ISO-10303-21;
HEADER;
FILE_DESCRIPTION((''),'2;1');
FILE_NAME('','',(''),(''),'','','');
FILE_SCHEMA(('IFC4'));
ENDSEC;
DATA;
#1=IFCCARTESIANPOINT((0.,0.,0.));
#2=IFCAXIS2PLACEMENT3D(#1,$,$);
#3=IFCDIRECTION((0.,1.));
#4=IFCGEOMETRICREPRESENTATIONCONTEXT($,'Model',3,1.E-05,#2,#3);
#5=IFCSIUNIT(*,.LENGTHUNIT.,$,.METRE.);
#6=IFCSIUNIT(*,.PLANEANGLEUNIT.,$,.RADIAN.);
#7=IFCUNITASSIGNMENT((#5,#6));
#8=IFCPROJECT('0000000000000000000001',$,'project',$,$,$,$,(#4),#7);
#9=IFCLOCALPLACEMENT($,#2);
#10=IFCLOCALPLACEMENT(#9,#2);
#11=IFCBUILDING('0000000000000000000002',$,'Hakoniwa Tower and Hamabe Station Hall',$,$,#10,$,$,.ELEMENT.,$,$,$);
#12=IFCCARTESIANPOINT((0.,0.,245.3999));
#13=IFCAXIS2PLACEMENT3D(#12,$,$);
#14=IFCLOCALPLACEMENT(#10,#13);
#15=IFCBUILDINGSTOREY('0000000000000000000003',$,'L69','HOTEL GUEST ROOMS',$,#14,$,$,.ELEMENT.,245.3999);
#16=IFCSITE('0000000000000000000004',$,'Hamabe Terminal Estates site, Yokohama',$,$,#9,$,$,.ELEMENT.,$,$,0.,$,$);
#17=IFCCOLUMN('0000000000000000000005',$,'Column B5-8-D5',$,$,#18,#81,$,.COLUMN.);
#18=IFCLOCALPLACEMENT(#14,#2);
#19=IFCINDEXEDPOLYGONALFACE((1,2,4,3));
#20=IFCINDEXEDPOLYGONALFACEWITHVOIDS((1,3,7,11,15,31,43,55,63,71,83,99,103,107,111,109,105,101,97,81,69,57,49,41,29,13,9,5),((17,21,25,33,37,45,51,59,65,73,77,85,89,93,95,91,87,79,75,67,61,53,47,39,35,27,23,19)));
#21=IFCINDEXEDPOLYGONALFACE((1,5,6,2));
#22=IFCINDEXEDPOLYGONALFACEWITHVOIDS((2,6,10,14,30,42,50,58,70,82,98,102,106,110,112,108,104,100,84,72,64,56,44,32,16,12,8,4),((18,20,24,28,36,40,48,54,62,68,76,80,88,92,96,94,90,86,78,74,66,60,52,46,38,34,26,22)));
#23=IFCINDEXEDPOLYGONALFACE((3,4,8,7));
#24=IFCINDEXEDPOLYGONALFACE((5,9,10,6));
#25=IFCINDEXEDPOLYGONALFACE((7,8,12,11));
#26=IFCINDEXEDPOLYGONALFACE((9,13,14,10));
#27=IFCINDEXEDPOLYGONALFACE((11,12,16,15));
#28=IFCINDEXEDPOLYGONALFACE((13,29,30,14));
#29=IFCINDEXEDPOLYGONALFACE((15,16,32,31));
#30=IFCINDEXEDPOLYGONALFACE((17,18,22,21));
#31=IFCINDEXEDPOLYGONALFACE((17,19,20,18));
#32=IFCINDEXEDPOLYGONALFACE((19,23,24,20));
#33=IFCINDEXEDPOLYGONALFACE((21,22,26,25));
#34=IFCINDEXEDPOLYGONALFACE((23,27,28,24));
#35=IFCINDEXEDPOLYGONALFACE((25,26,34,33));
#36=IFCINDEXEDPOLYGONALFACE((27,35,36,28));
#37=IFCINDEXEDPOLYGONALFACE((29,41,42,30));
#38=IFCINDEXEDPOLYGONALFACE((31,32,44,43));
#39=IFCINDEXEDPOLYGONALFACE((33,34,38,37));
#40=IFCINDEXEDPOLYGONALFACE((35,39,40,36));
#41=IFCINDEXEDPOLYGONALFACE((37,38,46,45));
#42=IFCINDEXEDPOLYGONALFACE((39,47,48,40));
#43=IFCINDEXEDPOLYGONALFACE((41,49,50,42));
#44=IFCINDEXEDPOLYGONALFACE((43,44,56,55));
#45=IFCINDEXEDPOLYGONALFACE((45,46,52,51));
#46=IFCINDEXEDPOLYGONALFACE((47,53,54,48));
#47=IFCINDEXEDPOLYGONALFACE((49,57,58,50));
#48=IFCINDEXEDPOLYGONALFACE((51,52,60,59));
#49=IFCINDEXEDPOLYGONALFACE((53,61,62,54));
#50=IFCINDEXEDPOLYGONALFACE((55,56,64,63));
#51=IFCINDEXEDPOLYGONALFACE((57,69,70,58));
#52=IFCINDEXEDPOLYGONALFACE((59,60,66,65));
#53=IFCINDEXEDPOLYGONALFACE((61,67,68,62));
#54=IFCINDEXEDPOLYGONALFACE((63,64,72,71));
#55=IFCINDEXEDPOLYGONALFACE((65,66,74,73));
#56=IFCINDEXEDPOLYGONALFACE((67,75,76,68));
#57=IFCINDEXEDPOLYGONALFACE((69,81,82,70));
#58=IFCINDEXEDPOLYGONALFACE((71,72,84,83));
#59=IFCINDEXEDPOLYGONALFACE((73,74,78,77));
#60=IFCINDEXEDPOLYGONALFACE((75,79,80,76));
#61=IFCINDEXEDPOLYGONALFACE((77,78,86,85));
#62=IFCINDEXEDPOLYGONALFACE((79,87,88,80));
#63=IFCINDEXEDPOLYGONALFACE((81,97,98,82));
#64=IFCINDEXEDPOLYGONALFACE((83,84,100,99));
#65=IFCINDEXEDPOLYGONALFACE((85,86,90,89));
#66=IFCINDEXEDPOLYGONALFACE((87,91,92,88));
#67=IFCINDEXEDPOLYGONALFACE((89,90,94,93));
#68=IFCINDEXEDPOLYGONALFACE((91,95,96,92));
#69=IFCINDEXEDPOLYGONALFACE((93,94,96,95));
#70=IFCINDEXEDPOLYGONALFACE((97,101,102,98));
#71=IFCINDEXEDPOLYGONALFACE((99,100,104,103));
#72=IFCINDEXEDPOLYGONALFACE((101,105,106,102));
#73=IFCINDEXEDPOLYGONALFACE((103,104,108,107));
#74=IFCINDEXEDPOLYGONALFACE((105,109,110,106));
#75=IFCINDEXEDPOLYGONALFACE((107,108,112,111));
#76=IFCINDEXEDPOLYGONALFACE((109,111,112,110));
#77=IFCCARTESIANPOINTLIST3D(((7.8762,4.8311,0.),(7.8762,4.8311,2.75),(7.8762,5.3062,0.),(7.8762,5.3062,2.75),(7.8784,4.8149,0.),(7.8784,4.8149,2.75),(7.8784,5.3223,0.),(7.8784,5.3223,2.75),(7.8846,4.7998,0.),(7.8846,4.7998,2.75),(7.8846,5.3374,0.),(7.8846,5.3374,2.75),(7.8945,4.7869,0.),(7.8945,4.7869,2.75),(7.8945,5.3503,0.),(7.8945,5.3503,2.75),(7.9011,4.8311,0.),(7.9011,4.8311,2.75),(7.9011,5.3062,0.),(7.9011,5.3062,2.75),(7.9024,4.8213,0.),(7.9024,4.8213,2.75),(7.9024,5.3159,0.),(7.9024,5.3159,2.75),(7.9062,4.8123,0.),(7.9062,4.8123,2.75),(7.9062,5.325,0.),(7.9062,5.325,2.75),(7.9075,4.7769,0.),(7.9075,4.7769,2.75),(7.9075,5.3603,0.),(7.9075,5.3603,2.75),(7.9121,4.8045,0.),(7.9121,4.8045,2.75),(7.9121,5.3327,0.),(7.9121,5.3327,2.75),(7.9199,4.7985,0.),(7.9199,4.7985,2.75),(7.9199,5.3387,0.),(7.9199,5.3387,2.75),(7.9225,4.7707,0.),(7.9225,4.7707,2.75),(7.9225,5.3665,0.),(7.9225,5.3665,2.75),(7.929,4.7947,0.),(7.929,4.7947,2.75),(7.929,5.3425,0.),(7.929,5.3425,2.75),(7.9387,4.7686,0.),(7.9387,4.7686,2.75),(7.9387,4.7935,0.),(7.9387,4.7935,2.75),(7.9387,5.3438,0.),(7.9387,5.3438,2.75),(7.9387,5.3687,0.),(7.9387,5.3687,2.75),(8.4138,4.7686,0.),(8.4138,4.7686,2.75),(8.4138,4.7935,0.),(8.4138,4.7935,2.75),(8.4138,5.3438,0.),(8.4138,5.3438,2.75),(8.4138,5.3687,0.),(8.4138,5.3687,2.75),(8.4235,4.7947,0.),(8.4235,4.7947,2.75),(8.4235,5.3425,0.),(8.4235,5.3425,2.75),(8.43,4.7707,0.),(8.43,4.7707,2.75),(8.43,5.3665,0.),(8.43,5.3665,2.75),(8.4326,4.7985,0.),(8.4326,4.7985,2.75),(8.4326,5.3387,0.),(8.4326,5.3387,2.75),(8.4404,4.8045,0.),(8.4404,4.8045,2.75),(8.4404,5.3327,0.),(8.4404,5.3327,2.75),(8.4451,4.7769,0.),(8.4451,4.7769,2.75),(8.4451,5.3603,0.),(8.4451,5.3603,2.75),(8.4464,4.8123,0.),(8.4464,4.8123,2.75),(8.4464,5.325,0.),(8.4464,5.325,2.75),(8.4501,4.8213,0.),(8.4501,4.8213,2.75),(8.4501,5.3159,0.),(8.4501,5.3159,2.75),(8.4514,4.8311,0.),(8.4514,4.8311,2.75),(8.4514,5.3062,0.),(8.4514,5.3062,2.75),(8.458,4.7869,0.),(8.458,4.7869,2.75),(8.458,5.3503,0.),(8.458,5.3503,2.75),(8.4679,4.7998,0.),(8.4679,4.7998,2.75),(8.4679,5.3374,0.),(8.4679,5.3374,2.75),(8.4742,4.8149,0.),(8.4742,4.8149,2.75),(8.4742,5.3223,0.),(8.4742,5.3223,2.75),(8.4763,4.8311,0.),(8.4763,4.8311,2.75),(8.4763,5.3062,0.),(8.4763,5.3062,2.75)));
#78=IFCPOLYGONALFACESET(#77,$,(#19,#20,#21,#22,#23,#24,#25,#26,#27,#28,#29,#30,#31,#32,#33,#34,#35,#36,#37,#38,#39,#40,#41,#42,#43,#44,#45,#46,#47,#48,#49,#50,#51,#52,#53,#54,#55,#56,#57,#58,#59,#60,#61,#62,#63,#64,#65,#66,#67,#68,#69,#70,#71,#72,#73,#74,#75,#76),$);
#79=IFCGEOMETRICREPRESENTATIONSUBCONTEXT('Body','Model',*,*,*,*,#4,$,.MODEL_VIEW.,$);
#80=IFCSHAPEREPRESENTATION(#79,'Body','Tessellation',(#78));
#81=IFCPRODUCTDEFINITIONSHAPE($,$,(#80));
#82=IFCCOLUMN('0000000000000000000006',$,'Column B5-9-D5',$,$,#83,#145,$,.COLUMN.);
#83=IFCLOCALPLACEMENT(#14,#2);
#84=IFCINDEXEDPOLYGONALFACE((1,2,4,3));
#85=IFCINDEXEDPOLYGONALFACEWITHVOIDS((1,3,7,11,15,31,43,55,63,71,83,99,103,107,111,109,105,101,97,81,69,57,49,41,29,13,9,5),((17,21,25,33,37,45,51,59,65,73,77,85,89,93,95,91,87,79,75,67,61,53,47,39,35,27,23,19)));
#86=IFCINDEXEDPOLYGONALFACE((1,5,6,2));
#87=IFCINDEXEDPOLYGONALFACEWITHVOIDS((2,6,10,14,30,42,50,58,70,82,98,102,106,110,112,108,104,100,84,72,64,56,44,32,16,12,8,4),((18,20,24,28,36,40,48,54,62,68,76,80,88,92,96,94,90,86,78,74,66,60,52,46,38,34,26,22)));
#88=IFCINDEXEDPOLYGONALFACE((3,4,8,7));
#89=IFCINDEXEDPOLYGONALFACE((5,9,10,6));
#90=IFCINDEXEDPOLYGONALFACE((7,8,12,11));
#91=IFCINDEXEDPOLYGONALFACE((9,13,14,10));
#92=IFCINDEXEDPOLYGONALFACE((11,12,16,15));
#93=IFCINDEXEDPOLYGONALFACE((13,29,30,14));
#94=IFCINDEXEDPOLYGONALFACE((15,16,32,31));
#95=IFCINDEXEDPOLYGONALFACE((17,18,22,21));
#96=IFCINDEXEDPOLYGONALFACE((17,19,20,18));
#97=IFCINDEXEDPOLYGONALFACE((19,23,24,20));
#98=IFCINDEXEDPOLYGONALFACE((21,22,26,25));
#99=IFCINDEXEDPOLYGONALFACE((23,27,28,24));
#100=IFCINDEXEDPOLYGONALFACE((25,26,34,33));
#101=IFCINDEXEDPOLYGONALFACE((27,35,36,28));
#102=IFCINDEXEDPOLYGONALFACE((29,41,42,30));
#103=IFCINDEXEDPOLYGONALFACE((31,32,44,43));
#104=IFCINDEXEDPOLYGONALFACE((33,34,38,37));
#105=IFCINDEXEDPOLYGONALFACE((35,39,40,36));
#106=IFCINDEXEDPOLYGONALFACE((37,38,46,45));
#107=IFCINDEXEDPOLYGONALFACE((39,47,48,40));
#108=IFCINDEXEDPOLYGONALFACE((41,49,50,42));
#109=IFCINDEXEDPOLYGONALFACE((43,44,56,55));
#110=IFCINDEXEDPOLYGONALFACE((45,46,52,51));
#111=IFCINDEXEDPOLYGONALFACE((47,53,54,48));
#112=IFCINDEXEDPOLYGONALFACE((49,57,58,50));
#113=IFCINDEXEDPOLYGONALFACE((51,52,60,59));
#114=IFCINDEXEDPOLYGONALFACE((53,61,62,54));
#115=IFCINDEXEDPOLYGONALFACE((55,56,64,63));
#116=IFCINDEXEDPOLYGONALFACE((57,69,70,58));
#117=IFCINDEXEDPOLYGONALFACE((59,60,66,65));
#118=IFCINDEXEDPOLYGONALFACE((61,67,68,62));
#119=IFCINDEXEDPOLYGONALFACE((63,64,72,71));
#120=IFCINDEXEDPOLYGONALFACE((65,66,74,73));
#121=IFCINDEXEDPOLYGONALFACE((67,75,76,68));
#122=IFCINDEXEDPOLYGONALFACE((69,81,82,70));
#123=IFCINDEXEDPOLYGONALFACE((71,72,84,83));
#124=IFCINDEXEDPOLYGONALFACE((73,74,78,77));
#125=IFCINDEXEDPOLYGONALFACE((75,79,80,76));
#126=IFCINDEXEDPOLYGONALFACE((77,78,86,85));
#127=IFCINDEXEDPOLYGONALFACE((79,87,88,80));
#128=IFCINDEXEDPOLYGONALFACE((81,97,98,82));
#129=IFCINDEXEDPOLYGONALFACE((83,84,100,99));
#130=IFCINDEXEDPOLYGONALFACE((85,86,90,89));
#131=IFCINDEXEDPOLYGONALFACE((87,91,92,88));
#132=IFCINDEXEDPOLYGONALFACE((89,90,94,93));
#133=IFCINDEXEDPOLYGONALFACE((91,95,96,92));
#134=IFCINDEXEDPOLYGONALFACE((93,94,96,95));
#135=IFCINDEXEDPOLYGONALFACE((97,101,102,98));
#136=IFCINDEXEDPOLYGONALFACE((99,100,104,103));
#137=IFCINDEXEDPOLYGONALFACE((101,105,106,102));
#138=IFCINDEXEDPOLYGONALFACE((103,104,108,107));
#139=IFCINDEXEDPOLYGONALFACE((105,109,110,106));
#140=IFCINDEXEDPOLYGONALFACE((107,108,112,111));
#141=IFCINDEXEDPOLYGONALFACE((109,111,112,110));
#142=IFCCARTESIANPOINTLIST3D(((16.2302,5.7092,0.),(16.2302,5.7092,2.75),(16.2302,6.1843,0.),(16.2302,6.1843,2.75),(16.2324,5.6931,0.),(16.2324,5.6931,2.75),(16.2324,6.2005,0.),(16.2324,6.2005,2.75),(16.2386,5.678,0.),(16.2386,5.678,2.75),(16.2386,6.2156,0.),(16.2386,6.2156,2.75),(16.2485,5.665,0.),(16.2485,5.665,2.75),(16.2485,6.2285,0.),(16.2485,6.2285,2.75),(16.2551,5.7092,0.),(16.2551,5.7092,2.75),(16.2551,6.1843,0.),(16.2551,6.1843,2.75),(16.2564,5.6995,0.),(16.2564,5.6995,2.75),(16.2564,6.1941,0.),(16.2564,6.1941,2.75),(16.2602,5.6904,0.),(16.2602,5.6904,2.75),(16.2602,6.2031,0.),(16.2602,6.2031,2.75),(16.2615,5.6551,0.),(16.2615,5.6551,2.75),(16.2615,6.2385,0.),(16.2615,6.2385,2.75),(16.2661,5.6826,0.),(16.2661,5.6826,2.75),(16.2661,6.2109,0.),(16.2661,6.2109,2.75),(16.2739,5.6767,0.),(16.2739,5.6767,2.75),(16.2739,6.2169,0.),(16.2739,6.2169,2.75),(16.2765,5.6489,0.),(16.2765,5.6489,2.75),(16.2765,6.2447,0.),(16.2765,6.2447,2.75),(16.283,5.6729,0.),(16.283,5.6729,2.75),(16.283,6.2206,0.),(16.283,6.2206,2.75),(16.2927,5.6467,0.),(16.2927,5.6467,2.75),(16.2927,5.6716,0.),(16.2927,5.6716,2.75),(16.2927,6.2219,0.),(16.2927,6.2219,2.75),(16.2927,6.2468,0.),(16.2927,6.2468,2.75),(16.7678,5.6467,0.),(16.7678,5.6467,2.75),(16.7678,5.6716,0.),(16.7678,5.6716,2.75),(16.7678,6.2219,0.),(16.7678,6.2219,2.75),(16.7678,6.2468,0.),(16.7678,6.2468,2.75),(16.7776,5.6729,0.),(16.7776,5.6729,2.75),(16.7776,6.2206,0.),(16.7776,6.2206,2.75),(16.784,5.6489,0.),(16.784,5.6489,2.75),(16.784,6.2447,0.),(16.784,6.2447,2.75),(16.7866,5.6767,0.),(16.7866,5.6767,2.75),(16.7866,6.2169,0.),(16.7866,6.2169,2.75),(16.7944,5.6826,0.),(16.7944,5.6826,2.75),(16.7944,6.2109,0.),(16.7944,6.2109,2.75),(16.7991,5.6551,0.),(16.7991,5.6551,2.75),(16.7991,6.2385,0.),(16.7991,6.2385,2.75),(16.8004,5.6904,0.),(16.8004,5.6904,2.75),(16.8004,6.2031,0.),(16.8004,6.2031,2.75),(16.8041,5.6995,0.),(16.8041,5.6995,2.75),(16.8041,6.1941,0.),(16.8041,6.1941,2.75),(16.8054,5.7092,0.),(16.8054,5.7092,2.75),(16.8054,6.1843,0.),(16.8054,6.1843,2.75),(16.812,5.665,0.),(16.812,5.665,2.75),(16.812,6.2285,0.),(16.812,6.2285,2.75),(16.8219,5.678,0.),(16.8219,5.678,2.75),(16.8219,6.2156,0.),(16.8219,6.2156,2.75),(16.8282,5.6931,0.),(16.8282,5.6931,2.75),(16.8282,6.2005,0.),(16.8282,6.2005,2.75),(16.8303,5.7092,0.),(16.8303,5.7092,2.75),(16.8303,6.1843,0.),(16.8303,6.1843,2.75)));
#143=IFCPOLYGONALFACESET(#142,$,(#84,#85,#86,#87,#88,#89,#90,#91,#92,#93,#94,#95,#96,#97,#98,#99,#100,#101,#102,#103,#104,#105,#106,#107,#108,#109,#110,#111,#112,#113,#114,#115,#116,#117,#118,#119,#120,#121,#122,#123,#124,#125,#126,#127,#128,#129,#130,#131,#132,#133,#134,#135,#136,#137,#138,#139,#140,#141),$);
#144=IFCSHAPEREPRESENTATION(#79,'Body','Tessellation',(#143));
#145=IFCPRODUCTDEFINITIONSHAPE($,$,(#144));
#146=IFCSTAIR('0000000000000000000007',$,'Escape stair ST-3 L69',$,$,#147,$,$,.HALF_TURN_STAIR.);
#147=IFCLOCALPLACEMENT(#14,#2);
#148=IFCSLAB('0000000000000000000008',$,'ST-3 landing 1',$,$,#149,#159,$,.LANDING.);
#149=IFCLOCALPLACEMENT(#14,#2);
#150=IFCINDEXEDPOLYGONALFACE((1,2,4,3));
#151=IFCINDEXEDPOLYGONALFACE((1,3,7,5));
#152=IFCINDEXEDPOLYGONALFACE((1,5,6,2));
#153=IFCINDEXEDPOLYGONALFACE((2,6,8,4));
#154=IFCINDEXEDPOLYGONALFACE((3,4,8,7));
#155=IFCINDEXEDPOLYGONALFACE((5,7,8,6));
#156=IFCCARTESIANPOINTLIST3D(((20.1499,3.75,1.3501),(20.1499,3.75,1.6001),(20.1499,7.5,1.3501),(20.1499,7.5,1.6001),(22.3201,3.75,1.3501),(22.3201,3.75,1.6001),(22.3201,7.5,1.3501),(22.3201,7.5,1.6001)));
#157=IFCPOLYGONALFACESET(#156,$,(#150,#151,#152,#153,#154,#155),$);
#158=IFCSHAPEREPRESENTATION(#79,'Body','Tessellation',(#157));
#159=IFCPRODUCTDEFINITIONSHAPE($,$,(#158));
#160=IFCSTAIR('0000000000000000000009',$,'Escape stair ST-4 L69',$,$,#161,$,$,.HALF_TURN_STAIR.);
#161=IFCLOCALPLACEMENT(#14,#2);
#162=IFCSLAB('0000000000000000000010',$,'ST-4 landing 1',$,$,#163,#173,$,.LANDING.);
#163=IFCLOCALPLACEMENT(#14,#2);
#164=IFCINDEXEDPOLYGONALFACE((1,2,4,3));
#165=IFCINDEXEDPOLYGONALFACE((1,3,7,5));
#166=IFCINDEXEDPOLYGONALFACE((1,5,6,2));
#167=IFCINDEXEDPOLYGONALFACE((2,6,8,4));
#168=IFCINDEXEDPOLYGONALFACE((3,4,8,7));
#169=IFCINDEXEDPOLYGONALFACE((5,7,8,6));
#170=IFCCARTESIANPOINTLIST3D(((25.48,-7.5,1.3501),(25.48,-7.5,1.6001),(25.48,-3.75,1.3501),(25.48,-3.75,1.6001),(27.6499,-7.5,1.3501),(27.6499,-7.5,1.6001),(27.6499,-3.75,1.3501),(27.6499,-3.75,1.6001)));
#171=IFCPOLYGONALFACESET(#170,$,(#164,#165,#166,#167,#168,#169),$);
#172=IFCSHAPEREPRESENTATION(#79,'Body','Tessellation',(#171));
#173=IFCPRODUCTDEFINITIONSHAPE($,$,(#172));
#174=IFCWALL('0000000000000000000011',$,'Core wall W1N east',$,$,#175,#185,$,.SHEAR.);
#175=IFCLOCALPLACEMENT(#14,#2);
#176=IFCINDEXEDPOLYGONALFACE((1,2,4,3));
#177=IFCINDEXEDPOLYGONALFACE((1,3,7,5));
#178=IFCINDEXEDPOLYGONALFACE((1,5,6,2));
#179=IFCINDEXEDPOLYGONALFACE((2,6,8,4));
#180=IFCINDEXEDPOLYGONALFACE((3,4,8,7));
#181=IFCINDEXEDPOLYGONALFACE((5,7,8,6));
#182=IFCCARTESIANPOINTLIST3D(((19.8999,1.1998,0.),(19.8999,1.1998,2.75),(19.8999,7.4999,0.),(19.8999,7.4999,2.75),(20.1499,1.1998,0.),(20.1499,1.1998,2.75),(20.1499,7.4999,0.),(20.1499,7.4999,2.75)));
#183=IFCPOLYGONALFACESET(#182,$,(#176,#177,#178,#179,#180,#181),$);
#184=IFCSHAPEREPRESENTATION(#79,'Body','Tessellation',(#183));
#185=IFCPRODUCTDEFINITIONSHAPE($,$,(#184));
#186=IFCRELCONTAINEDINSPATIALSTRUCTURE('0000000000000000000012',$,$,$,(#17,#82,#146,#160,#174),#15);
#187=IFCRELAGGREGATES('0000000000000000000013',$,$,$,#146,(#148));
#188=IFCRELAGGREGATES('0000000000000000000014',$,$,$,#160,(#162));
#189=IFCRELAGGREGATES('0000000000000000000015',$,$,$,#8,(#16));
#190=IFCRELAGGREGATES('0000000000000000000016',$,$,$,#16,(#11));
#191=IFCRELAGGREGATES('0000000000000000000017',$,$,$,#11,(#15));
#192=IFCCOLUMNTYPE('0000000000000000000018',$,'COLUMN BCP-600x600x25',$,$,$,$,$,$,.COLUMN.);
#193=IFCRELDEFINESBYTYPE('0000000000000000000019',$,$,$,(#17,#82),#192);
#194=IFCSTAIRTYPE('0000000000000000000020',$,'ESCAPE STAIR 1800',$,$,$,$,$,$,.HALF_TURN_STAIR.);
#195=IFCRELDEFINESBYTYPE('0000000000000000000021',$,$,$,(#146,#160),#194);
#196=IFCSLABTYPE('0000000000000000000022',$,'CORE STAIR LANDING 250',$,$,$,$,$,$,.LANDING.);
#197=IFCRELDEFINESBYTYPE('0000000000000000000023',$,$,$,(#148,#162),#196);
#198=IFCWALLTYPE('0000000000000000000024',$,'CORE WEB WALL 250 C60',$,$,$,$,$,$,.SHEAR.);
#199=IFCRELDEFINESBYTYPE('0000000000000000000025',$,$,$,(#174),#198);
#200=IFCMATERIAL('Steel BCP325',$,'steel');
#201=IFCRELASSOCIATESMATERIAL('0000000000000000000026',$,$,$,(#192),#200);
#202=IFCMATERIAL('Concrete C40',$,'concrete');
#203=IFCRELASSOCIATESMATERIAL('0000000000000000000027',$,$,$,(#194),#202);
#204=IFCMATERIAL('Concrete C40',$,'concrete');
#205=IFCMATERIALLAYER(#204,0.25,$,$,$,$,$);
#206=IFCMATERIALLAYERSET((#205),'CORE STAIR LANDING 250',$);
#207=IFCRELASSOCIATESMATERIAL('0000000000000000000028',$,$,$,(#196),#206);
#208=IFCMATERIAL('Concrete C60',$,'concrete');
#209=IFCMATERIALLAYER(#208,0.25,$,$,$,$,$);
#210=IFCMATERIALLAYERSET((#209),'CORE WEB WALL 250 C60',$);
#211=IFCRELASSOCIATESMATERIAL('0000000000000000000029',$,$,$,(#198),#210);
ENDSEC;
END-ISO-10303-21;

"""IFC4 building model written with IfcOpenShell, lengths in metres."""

from ifc_helpers import new_model, si_unit, direction, frame, frame_2d, origin, origin_2d, place, context, subcontext, project, spatial, polyline, rectangle, hollow_rectangle, outline, extrude, material, layer, layer_set, material_profile, profile_set, type_object, element, aggregate, save


model = new_model("IFC4")

# Units and contexts
model_context = context("Model", 3, precision=1e-05, world=origin(), true_north=direction((0.0, 1.0)))
body_context = subcontext(model_context, "Body", "Model", "MODEL_VIEW")
ifc_project = project(units=[si_unit("LENGTHUNIT", "METRE"), si_unit("PLANEANGLEUNIT", "RADIAN")], contexts=[model_context])

# Site, building, storey
site_placement = place(None, origin())
site = spatial("IfcSite", under=ifc_project, at=site_placement, Name="Hamabe Terminal Estates site, Yokohama", CompositionType="ELEMENT", RefElevation=0.0)
building_placement = place(site_placement, origin())
building = spatial("IfcBuilding", under=site, at=building_placement, Name="Hakoniwa Tower and Hamabe Station Hall", CompositionType="ELEMENT")
storey_placement = place(building_placement, frame((0.0, 0.0, 245.3999)))
storey = spatial("IfcBuildingStorey", under=building, at=storey_placement, Name="L69", Description="HOTEL GUEST ROOMS", CompositionType="ELEMENT", Elevation=245.3999)

# Columns
ifc_material_1 = material(Name="Steel BCP325", Category="steel")
ifc_material_profile = material_profile(ifc_material_1, hollow_rectangle(XDim=0.6001, YDim=0.6001, WallThickness=0.0249, InnerFilletRadius=0.0376, OuterFilletRadius=0.0625, at=origin_2d()), Name="BCP-600x600x25")
ifc_profile_set = profile_set([ifc_material_profile], Name="Steel BCP325")
column_type = type_object("IfcColumnType", Name="COLUMN BCP-600x600x25", PredefinedType="COLUMN", material=ifc_profile_set)
for number, where, z_axis, x_axis, name in (
    (1, (8.1763, 5.0686, 0.0), (0.0, 0.0, 1.0), (1.0, 0.0, 0.0), "Column B5-8-D5"),
    (2, (16.5303, 5.9468, 0.0), (0.0, 0.0, 1.0), (1.0, 0.0, 0.0), "Column B5-9-D5"),
):
    element("IfcColumn", number, at=place(storey_placement, frame(where, z_axis=z_axis, x_axis=x_axis)), inside=storey, type_object=column_type, Name=name, PredefinedType="COLUMN", context=body_context, shape_type="SweptSolid", body=[
        extrude(hollow_rectangle(XDim=0.6001, YDim=0.6001, WallThickness=0.0249, InnerFilletRadius=0.0376, OuterFilletRadius=0.0625, at=origin_2d()), origin(), (0.0, 0.0, 1.0), 2.75),
    ])

# Stairs, slabs
ifc_material_2 = material(Name="Concrete C40", Category="concrete")
stair_type = type_object("IfcStairType", Name="ESCAPE STAIR 1800", PredefinedType="HALF_TURN_STAIR", material=ifc_material_2)
stair_1_placement = place(storey_placement, origin())
stair_1 = element("IfcStair", 3, at=stair_1_placement, inside=storey, type_object=stair_type, Name="Escape stair ST-3 L69", PredefinedType="HALF_TURN_STAIR")
ifc_material_3 = material(Name="Concrete C40", Category="concrete")
ifc_layer_1 = layer(ifc_material_3, 0.25)
ifc_layer_set_1 = layer_set([ifc_layer_1], Name="CORE STAIR LANDING 250")
slab_type = type_object("IfcSlabType", Name="CORE STAIR LANDING 250", PredefinedType="LANDING", material=ifc_layer_set_1)
slab_1_placement = place(storey_placement, frame((0.0, 0.0, 1.3501)))
slab_1 = element("IfcSlab", 4, at=slab_1_placement, type_object=slab_type, Name="ST-3 landing 1", PredefinedType="LANDING", context=body_context, shape_type="SweptSolid", body=[
    extrude(outline(polyline([(22.3201, 3.75), (20.1499, 3.75), (20.1499, 7.5), (22.3201, 7.5), (22.3201, 3.75)])), origin(), (0.0, 0.0, 1.0), 0.25),
])
aggregate(stair_1, [slab_1])
stair_2_placement = place(storey_placement, origin())
stair_2 = element("IfcStair", 5, at=stair_2_placement, inside=storey, type_object=stair_type, Name="Escape stair ST-4 L69", PredefinedType="HALF_TURN_STAIR")
slab_2_placement = place(storey_placement, frame((0.0, 0.0, 1.3501)))
slab_2 = element("IfcSlab", 6, at=slab_2_placement, type_object=slab_type, Name="ST-4 landing 1", PredefinedType="LANDING", context=body_context, shape_type="SweptSolid", body=[
    extrude(outline(polyline([(25.48, -7.5), (27.6499, -7.5), (27.6499, -3.75), (25.48, -3.75), (25.48, -7.5)])), origin(), (0.0, 0.0, 1.0), 0.25),
])
aggregate(stair_2, [slab_2])

# Wall
ifc_material_4 = material(Name="Concrete C60", Category="concrete")
ifc_layer_2 = layer(ifc_material_4, 0.25)
ifc_layer_set_2 = layer_set([ifc_layer_2], Name="CORE WEB WALL 250 C60")
wall_type_1 = type_object("IfcWallType", Name="CORE WEB WALL 250 C60", PredefinedType="SHEAR", material=ifc_layer_set_2)
wall_1_placement = place(storey_placement, frame((20.0249, 1.2, 0.0), z_axis=(0.0, 0.0, 1.0), x_axis=(0.0, 1.0, 0.0)))
element("IfcWall", 7, at=wall_1_placement, inside=storey, type_object=wall_type_1, Name="Core wall W1N east", PredefinedType="SHEAR", context=body_context, shape_type="SweptSolid", body=[
    extrude(rectangle(XDim=6.3, YDim=0.25, at=frame_2d((3.1499, 0.0))), origin(), (0.0, 0.0, 1.0), 2.75),
])

save(model, "model.ifc")
